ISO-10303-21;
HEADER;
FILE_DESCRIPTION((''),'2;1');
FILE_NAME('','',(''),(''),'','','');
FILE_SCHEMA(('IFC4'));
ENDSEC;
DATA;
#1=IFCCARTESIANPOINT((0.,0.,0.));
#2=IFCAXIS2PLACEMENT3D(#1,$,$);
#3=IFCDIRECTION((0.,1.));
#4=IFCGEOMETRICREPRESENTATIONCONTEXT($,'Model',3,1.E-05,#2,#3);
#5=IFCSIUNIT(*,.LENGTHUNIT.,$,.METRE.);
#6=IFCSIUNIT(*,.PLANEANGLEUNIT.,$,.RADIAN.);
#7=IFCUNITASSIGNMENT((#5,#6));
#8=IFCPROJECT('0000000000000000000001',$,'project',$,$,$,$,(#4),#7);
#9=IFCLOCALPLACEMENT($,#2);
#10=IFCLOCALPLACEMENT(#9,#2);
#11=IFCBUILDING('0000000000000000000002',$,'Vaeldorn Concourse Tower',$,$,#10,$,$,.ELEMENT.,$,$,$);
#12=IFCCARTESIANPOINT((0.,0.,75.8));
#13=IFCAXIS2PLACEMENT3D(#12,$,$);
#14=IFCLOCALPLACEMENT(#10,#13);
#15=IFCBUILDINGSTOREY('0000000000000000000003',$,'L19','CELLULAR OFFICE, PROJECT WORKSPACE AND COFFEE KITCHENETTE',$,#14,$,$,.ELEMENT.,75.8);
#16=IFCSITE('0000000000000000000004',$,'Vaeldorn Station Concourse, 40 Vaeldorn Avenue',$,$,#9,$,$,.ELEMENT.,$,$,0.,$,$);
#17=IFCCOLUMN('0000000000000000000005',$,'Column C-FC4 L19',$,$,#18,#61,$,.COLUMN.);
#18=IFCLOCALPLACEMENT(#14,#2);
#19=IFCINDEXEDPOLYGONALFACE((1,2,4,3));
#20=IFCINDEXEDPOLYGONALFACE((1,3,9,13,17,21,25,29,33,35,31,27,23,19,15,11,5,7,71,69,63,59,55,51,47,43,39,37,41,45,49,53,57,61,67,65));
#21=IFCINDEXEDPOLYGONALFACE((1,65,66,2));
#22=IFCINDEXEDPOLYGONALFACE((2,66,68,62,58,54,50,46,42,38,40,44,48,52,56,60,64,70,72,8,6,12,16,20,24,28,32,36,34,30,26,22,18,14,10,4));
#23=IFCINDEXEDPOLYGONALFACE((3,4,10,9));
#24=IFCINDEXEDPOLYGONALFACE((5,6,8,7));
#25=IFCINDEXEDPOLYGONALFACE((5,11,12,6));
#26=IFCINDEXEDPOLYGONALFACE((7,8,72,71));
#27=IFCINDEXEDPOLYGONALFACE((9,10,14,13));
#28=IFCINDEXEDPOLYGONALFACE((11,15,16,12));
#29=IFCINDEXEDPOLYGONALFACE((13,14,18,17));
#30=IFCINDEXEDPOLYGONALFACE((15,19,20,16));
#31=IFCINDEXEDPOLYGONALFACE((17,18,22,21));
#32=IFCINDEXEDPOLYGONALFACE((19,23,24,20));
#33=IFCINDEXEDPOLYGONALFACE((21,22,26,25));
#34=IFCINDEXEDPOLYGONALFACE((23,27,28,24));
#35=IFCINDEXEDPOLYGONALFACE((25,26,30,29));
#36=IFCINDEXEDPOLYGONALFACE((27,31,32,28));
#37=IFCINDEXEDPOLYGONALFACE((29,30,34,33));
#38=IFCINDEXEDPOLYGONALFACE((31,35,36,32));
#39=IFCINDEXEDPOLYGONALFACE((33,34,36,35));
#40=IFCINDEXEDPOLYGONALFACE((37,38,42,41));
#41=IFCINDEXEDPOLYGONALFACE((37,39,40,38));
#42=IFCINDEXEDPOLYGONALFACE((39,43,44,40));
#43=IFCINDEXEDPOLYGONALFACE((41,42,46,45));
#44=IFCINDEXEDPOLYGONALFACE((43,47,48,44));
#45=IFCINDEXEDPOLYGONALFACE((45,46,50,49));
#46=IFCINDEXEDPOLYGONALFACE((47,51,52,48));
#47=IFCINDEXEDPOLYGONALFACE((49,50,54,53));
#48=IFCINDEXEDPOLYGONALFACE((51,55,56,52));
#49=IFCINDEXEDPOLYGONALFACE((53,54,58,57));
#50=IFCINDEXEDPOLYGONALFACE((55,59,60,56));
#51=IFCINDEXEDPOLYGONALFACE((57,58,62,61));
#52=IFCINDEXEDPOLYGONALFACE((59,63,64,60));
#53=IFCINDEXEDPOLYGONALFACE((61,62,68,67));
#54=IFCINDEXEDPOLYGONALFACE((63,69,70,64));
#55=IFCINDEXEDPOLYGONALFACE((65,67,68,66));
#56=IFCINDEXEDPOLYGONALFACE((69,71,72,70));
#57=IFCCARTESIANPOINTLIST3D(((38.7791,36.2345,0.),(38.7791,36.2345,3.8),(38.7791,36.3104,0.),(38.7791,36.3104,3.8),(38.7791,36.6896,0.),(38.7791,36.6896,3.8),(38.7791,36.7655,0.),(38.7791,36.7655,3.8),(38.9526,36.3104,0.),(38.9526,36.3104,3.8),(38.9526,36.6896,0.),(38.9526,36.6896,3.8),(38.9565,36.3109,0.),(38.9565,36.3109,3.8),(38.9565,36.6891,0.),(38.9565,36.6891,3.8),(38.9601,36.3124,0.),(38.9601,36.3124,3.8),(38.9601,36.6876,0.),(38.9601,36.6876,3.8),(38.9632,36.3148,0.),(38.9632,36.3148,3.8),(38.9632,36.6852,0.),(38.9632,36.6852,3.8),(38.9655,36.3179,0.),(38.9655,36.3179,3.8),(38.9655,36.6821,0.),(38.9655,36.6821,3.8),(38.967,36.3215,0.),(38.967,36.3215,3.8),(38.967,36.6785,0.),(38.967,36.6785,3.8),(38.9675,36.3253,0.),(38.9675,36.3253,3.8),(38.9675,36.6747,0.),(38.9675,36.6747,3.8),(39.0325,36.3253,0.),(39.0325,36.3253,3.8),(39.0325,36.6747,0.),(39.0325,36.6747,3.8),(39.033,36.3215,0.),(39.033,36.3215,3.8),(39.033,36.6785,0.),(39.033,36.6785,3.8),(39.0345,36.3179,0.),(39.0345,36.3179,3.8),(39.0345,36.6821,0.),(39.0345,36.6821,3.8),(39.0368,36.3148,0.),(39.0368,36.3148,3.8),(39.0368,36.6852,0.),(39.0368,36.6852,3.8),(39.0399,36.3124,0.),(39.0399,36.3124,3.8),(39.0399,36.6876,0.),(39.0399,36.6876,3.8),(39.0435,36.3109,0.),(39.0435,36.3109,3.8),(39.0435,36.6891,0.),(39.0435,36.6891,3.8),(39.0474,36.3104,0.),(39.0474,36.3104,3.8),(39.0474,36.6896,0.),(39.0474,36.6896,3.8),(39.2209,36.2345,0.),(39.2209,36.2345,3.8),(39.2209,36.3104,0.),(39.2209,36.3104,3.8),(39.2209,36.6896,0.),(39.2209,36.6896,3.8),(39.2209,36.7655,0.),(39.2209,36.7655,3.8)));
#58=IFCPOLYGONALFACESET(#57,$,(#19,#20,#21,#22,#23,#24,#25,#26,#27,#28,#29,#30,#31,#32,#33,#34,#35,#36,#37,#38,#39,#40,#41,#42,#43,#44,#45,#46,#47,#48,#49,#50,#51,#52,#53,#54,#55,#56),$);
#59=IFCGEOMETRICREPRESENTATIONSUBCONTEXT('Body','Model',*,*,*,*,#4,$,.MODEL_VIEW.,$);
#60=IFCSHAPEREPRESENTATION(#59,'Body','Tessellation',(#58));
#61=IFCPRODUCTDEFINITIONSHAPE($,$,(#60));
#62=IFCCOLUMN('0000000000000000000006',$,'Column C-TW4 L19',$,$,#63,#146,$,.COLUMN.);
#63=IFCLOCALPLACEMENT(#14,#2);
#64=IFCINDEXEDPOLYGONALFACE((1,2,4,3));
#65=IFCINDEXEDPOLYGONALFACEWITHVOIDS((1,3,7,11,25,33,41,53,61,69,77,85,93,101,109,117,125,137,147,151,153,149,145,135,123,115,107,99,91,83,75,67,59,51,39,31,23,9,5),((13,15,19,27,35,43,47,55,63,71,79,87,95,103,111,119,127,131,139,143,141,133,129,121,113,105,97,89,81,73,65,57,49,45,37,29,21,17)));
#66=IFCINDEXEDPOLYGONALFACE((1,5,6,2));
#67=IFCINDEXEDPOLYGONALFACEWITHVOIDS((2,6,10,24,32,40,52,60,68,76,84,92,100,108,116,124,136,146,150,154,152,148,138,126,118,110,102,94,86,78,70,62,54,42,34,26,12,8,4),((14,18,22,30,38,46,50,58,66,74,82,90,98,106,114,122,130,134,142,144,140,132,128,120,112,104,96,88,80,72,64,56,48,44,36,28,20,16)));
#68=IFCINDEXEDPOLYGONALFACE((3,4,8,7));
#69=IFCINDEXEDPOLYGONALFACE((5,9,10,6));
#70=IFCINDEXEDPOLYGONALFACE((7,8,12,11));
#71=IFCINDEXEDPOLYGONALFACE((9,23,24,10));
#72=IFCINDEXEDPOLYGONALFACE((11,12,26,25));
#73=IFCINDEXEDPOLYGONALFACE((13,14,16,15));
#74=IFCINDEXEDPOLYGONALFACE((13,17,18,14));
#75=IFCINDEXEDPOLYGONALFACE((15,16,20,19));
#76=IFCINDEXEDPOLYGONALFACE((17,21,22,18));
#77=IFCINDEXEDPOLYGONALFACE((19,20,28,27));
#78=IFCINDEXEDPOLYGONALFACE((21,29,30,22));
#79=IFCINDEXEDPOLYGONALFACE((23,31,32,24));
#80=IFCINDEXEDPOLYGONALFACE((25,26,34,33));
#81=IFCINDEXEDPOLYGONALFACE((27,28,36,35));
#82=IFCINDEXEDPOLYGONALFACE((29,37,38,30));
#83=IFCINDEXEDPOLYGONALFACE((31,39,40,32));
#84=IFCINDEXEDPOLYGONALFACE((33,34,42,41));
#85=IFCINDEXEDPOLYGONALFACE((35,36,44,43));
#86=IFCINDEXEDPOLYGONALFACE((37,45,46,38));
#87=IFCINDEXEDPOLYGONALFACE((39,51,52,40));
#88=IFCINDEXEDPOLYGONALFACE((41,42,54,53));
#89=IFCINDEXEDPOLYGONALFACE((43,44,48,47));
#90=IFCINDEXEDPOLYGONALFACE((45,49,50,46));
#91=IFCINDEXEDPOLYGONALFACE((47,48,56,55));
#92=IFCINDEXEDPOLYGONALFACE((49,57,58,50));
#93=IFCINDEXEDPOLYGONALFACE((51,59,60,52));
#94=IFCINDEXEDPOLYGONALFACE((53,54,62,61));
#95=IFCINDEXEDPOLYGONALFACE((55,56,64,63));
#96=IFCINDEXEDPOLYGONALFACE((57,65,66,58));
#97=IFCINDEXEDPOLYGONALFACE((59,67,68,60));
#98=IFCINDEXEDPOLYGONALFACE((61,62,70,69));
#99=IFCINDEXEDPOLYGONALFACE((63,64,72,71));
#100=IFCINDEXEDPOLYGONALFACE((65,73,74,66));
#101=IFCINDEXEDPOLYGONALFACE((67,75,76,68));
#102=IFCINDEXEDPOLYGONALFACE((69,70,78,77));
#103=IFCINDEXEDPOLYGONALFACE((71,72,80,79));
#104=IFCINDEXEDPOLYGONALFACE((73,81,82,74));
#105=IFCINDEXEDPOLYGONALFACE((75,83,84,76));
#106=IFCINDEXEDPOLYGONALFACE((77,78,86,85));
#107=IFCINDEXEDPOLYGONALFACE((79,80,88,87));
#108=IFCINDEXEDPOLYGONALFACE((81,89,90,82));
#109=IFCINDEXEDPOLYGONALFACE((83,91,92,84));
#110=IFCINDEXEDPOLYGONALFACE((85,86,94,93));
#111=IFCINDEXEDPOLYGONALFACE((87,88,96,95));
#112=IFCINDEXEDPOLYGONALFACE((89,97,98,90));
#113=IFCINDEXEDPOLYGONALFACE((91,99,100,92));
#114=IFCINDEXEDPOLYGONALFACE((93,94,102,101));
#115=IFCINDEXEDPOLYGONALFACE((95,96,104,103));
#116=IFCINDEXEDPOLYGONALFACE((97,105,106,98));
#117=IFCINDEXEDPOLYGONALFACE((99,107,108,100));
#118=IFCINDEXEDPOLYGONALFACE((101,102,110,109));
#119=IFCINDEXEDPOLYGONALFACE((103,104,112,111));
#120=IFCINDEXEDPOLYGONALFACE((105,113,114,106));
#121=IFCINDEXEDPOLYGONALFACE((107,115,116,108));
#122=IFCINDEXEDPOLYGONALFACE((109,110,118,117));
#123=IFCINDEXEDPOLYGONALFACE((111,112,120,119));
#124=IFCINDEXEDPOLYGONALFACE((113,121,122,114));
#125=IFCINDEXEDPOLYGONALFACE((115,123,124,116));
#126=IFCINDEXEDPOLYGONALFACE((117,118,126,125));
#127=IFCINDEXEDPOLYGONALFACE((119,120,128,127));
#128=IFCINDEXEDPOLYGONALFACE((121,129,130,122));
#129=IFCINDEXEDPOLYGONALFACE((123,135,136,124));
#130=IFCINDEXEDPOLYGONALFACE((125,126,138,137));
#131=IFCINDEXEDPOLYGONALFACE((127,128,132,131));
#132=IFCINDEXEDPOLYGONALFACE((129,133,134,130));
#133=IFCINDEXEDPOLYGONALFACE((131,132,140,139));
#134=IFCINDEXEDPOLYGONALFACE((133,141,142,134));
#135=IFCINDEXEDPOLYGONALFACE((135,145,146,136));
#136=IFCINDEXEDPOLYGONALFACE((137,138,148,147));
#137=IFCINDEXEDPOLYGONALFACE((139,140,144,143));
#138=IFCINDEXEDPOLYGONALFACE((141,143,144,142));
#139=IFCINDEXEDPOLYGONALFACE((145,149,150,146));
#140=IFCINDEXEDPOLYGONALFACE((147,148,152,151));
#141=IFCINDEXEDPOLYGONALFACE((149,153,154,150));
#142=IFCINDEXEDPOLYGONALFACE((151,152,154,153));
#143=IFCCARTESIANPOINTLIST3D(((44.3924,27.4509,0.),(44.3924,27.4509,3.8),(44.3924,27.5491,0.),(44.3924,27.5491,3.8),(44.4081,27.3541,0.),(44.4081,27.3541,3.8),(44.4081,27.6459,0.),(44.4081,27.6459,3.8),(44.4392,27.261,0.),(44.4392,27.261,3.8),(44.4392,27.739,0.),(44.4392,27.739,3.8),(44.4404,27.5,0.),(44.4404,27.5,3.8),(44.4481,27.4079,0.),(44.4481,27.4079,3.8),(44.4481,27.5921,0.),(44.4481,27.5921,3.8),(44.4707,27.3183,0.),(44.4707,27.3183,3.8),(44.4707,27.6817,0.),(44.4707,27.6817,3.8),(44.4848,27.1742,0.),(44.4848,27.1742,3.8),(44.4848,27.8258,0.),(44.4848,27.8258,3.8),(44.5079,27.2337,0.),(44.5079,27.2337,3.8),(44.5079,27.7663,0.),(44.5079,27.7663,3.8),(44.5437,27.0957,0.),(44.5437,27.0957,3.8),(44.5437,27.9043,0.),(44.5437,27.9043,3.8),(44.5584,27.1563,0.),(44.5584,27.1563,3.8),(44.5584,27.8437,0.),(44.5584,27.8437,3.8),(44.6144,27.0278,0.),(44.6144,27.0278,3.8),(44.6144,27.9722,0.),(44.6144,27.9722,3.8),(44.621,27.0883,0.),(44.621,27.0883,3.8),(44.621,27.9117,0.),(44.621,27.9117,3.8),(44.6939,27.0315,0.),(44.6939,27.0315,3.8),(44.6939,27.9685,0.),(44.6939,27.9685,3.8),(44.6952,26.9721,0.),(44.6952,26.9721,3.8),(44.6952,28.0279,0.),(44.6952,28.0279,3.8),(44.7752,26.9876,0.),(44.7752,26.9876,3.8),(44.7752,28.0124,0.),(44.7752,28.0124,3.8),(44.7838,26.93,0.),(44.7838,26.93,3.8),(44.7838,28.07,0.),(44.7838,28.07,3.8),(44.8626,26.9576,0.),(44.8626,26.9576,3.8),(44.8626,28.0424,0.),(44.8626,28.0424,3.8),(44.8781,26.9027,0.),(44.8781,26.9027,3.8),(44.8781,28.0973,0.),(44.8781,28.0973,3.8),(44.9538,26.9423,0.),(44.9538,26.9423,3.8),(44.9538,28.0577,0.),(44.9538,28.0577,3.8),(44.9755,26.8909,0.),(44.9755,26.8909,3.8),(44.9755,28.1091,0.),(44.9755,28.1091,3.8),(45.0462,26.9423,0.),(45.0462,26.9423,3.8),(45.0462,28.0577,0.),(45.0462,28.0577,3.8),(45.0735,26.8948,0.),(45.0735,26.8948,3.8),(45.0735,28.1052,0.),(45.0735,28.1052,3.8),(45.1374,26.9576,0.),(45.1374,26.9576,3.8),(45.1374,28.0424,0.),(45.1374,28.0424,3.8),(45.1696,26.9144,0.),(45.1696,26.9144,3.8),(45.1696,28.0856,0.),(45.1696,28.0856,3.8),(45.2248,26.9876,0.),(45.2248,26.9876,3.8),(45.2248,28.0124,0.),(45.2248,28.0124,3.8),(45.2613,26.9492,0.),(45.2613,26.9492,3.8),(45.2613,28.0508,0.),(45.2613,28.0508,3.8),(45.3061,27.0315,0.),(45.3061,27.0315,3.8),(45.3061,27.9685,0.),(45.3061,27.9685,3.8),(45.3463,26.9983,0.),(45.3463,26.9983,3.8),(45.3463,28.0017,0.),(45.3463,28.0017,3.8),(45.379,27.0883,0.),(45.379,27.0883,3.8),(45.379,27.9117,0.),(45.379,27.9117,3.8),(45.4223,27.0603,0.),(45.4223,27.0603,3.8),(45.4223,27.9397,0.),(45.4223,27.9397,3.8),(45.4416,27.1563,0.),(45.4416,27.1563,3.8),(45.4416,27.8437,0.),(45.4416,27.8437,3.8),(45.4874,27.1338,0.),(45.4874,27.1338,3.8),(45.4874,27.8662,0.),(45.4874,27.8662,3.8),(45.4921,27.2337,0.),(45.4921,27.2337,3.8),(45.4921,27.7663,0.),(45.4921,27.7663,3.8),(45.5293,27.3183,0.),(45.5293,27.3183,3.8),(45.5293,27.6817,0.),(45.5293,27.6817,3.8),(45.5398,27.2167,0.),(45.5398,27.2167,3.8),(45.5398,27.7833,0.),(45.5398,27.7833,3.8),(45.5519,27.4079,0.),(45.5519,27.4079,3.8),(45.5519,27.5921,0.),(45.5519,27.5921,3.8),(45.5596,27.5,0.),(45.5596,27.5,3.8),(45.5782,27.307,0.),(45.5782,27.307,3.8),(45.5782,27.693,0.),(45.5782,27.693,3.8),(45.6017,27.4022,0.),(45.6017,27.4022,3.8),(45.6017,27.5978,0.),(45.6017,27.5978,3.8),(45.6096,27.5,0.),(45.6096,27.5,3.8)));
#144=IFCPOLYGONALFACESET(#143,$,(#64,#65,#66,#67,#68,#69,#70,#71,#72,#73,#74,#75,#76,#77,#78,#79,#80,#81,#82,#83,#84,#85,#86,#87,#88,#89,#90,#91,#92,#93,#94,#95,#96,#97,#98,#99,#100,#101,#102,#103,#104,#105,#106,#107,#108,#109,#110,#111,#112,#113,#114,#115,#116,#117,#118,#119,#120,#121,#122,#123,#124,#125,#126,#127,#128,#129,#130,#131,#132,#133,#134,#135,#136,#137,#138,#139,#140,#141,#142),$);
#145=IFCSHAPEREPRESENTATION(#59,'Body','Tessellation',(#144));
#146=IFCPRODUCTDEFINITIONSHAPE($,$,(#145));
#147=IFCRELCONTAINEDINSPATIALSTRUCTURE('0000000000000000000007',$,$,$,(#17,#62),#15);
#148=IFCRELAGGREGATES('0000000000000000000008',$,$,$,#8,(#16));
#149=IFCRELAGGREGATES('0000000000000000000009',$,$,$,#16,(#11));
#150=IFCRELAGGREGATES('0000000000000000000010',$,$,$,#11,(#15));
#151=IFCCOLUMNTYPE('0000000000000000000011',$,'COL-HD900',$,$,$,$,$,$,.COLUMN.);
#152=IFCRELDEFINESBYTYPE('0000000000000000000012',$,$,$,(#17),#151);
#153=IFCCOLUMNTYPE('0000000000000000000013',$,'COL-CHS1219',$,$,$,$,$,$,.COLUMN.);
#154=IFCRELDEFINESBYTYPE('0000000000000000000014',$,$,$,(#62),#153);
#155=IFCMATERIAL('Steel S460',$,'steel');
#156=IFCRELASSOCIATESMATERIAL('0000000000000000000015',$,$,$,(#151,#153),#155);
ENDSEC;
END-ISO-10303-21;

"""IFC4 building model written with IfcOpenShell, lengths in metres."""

from ifc_helpers import new_model, si_unit, direction, frame, origin, origin_2d, place, context, subcontext, project, spatial, hollow_circle, i_section, extrude, source, transform, mapped, material, material_profile, profile_set, type_object, element, save


model = new_model("IFC4")

# Units and contexts
model_context = context("Model", 3, precision=1e-05, world=origin(), true_north=direction((0.0, 1.0)))
body_context = subcontext(model_context, "Body", "Model", "MODEL_VIEW")
ifc_project = project(units=[si_unit("LENGTHUNIT", "METRE"), si_unit("PLANEANGLEUNIT", "RADIAN")], contexts=[model_context])

# Site, building, storey
site_placement = place(None, origin())
site = spatial("IfcSite", under=ifc_project, at=site_placement, Name="Vaeldorn Station Concourse, 40 Vaeldorn Avenue", CompositionType="ELEMENT", RefElevation=0.0)
building_placement = place(site_placement, origin())
building = spatial("IfcBuilding", under=site, at=building_placement, Name="Vaeldorn Concourse Tower", CompositionType="ELEMENT")
storey_placement = place(building_placement, frame((0.0, 0.0, 75.8)))
storey = spatial("IfcBuildingStorey", under=building, at=storey_placement, Name="L19", Description="CELLULAR OFFICE, PROJECT WORKSPACE AND COFFEE KITCHENETTE", CompositionType="ELEMENT", Elevation=75.8)

# Columns
ifc_material_1 = material(Name="Steel S460", Category="steel")
ifc_material_profile_1 = material_profile(ifc_material_1, i_section(OverallWidth=0.4419, OverallDepth=0.531, WebThickness=0.0649, FlangeThickness=0.0759, FilletRadius=0.0149, at=origin_2d()), Name="HD 400x900")
ifc_profile_set_1 = profile_set([ifc_material_profile_1], Name="Steel S460")
column_type_1 = type_object("IfcColumnType", Name="COL-HD900", PredefinedType="COLUMN", material=ifc_profile_set_1)
shared_shape_1 = source(origin(), body_context, "Body", "SweptSolid", [
    extrude(i_section(OverallWidth=0.4419, OverallDepth=0.531, WebThickness=0.0649, FlangeThickness=0.0759, FilletRadius=0.0149, at=origin_2d()), origin(), (0.0, 0.0, 1.0), 3.8),
])
column_1_placement = place(storey_placement, frame((39.0, 36.5, 0.0), z_axis=(0.0, 0.0, 1.0), x_axis=(1.0, 0.0, 0.0)))
element("IfcColumn", 1, at=column_1_placement, inside=storey, type_object=column_type_1, Name="Column C-FC4 L19", PredefinedType="COLUMN", context=body_context, shape_type="MappedRepresentation", body=[
    mapped(shared_shape_1, transform((0.0, 0.0, 0.0), scale=1.0)),
])
ifc_material_profile_2 = material_profile(ifc_material_1, hollow_circle(Radius=0.6096, WallThickness=0.05, at=origin_2d()), Name="CHS 1219x50")
ifc_profile_set_2 = profile_set([ifc_material_profile_2], Name="Steel S460")
column_type_2 = type_object("IfcColumnType", Name="COL-CHS1219", PredefinedType="COLUMN", material=ifc_profile_set_2)
shared_shape_2 = source(origin(), body_context, "Body", "SweptSolid", [
    extrude(hollow_circle(Radius=0.6096, WallThickness=0.05, at=origin_2d()), origin(), (0.0, 0.0, 1.0), 3.8),
])
column_2_placement = place(storey_placement, frame((45.0, 27.5, 0.0), z_axis=(0.0, 0.0, 1.0), x_axis=(1.0, 0.0, 0.0)))
element("IfcColumn", 2, at=column_2_placement, inside=storey, type_object=column_type_2, Name="Column C-TW4 L19", PredefinedType="COLUMN", context=body_context, shape_type="MappedRepresentation", body=[
    mapped(shared_shape_2, transform((0.0, 0.0, 0.0), scale=1.0)),
])

save(model, "model.ifc")
